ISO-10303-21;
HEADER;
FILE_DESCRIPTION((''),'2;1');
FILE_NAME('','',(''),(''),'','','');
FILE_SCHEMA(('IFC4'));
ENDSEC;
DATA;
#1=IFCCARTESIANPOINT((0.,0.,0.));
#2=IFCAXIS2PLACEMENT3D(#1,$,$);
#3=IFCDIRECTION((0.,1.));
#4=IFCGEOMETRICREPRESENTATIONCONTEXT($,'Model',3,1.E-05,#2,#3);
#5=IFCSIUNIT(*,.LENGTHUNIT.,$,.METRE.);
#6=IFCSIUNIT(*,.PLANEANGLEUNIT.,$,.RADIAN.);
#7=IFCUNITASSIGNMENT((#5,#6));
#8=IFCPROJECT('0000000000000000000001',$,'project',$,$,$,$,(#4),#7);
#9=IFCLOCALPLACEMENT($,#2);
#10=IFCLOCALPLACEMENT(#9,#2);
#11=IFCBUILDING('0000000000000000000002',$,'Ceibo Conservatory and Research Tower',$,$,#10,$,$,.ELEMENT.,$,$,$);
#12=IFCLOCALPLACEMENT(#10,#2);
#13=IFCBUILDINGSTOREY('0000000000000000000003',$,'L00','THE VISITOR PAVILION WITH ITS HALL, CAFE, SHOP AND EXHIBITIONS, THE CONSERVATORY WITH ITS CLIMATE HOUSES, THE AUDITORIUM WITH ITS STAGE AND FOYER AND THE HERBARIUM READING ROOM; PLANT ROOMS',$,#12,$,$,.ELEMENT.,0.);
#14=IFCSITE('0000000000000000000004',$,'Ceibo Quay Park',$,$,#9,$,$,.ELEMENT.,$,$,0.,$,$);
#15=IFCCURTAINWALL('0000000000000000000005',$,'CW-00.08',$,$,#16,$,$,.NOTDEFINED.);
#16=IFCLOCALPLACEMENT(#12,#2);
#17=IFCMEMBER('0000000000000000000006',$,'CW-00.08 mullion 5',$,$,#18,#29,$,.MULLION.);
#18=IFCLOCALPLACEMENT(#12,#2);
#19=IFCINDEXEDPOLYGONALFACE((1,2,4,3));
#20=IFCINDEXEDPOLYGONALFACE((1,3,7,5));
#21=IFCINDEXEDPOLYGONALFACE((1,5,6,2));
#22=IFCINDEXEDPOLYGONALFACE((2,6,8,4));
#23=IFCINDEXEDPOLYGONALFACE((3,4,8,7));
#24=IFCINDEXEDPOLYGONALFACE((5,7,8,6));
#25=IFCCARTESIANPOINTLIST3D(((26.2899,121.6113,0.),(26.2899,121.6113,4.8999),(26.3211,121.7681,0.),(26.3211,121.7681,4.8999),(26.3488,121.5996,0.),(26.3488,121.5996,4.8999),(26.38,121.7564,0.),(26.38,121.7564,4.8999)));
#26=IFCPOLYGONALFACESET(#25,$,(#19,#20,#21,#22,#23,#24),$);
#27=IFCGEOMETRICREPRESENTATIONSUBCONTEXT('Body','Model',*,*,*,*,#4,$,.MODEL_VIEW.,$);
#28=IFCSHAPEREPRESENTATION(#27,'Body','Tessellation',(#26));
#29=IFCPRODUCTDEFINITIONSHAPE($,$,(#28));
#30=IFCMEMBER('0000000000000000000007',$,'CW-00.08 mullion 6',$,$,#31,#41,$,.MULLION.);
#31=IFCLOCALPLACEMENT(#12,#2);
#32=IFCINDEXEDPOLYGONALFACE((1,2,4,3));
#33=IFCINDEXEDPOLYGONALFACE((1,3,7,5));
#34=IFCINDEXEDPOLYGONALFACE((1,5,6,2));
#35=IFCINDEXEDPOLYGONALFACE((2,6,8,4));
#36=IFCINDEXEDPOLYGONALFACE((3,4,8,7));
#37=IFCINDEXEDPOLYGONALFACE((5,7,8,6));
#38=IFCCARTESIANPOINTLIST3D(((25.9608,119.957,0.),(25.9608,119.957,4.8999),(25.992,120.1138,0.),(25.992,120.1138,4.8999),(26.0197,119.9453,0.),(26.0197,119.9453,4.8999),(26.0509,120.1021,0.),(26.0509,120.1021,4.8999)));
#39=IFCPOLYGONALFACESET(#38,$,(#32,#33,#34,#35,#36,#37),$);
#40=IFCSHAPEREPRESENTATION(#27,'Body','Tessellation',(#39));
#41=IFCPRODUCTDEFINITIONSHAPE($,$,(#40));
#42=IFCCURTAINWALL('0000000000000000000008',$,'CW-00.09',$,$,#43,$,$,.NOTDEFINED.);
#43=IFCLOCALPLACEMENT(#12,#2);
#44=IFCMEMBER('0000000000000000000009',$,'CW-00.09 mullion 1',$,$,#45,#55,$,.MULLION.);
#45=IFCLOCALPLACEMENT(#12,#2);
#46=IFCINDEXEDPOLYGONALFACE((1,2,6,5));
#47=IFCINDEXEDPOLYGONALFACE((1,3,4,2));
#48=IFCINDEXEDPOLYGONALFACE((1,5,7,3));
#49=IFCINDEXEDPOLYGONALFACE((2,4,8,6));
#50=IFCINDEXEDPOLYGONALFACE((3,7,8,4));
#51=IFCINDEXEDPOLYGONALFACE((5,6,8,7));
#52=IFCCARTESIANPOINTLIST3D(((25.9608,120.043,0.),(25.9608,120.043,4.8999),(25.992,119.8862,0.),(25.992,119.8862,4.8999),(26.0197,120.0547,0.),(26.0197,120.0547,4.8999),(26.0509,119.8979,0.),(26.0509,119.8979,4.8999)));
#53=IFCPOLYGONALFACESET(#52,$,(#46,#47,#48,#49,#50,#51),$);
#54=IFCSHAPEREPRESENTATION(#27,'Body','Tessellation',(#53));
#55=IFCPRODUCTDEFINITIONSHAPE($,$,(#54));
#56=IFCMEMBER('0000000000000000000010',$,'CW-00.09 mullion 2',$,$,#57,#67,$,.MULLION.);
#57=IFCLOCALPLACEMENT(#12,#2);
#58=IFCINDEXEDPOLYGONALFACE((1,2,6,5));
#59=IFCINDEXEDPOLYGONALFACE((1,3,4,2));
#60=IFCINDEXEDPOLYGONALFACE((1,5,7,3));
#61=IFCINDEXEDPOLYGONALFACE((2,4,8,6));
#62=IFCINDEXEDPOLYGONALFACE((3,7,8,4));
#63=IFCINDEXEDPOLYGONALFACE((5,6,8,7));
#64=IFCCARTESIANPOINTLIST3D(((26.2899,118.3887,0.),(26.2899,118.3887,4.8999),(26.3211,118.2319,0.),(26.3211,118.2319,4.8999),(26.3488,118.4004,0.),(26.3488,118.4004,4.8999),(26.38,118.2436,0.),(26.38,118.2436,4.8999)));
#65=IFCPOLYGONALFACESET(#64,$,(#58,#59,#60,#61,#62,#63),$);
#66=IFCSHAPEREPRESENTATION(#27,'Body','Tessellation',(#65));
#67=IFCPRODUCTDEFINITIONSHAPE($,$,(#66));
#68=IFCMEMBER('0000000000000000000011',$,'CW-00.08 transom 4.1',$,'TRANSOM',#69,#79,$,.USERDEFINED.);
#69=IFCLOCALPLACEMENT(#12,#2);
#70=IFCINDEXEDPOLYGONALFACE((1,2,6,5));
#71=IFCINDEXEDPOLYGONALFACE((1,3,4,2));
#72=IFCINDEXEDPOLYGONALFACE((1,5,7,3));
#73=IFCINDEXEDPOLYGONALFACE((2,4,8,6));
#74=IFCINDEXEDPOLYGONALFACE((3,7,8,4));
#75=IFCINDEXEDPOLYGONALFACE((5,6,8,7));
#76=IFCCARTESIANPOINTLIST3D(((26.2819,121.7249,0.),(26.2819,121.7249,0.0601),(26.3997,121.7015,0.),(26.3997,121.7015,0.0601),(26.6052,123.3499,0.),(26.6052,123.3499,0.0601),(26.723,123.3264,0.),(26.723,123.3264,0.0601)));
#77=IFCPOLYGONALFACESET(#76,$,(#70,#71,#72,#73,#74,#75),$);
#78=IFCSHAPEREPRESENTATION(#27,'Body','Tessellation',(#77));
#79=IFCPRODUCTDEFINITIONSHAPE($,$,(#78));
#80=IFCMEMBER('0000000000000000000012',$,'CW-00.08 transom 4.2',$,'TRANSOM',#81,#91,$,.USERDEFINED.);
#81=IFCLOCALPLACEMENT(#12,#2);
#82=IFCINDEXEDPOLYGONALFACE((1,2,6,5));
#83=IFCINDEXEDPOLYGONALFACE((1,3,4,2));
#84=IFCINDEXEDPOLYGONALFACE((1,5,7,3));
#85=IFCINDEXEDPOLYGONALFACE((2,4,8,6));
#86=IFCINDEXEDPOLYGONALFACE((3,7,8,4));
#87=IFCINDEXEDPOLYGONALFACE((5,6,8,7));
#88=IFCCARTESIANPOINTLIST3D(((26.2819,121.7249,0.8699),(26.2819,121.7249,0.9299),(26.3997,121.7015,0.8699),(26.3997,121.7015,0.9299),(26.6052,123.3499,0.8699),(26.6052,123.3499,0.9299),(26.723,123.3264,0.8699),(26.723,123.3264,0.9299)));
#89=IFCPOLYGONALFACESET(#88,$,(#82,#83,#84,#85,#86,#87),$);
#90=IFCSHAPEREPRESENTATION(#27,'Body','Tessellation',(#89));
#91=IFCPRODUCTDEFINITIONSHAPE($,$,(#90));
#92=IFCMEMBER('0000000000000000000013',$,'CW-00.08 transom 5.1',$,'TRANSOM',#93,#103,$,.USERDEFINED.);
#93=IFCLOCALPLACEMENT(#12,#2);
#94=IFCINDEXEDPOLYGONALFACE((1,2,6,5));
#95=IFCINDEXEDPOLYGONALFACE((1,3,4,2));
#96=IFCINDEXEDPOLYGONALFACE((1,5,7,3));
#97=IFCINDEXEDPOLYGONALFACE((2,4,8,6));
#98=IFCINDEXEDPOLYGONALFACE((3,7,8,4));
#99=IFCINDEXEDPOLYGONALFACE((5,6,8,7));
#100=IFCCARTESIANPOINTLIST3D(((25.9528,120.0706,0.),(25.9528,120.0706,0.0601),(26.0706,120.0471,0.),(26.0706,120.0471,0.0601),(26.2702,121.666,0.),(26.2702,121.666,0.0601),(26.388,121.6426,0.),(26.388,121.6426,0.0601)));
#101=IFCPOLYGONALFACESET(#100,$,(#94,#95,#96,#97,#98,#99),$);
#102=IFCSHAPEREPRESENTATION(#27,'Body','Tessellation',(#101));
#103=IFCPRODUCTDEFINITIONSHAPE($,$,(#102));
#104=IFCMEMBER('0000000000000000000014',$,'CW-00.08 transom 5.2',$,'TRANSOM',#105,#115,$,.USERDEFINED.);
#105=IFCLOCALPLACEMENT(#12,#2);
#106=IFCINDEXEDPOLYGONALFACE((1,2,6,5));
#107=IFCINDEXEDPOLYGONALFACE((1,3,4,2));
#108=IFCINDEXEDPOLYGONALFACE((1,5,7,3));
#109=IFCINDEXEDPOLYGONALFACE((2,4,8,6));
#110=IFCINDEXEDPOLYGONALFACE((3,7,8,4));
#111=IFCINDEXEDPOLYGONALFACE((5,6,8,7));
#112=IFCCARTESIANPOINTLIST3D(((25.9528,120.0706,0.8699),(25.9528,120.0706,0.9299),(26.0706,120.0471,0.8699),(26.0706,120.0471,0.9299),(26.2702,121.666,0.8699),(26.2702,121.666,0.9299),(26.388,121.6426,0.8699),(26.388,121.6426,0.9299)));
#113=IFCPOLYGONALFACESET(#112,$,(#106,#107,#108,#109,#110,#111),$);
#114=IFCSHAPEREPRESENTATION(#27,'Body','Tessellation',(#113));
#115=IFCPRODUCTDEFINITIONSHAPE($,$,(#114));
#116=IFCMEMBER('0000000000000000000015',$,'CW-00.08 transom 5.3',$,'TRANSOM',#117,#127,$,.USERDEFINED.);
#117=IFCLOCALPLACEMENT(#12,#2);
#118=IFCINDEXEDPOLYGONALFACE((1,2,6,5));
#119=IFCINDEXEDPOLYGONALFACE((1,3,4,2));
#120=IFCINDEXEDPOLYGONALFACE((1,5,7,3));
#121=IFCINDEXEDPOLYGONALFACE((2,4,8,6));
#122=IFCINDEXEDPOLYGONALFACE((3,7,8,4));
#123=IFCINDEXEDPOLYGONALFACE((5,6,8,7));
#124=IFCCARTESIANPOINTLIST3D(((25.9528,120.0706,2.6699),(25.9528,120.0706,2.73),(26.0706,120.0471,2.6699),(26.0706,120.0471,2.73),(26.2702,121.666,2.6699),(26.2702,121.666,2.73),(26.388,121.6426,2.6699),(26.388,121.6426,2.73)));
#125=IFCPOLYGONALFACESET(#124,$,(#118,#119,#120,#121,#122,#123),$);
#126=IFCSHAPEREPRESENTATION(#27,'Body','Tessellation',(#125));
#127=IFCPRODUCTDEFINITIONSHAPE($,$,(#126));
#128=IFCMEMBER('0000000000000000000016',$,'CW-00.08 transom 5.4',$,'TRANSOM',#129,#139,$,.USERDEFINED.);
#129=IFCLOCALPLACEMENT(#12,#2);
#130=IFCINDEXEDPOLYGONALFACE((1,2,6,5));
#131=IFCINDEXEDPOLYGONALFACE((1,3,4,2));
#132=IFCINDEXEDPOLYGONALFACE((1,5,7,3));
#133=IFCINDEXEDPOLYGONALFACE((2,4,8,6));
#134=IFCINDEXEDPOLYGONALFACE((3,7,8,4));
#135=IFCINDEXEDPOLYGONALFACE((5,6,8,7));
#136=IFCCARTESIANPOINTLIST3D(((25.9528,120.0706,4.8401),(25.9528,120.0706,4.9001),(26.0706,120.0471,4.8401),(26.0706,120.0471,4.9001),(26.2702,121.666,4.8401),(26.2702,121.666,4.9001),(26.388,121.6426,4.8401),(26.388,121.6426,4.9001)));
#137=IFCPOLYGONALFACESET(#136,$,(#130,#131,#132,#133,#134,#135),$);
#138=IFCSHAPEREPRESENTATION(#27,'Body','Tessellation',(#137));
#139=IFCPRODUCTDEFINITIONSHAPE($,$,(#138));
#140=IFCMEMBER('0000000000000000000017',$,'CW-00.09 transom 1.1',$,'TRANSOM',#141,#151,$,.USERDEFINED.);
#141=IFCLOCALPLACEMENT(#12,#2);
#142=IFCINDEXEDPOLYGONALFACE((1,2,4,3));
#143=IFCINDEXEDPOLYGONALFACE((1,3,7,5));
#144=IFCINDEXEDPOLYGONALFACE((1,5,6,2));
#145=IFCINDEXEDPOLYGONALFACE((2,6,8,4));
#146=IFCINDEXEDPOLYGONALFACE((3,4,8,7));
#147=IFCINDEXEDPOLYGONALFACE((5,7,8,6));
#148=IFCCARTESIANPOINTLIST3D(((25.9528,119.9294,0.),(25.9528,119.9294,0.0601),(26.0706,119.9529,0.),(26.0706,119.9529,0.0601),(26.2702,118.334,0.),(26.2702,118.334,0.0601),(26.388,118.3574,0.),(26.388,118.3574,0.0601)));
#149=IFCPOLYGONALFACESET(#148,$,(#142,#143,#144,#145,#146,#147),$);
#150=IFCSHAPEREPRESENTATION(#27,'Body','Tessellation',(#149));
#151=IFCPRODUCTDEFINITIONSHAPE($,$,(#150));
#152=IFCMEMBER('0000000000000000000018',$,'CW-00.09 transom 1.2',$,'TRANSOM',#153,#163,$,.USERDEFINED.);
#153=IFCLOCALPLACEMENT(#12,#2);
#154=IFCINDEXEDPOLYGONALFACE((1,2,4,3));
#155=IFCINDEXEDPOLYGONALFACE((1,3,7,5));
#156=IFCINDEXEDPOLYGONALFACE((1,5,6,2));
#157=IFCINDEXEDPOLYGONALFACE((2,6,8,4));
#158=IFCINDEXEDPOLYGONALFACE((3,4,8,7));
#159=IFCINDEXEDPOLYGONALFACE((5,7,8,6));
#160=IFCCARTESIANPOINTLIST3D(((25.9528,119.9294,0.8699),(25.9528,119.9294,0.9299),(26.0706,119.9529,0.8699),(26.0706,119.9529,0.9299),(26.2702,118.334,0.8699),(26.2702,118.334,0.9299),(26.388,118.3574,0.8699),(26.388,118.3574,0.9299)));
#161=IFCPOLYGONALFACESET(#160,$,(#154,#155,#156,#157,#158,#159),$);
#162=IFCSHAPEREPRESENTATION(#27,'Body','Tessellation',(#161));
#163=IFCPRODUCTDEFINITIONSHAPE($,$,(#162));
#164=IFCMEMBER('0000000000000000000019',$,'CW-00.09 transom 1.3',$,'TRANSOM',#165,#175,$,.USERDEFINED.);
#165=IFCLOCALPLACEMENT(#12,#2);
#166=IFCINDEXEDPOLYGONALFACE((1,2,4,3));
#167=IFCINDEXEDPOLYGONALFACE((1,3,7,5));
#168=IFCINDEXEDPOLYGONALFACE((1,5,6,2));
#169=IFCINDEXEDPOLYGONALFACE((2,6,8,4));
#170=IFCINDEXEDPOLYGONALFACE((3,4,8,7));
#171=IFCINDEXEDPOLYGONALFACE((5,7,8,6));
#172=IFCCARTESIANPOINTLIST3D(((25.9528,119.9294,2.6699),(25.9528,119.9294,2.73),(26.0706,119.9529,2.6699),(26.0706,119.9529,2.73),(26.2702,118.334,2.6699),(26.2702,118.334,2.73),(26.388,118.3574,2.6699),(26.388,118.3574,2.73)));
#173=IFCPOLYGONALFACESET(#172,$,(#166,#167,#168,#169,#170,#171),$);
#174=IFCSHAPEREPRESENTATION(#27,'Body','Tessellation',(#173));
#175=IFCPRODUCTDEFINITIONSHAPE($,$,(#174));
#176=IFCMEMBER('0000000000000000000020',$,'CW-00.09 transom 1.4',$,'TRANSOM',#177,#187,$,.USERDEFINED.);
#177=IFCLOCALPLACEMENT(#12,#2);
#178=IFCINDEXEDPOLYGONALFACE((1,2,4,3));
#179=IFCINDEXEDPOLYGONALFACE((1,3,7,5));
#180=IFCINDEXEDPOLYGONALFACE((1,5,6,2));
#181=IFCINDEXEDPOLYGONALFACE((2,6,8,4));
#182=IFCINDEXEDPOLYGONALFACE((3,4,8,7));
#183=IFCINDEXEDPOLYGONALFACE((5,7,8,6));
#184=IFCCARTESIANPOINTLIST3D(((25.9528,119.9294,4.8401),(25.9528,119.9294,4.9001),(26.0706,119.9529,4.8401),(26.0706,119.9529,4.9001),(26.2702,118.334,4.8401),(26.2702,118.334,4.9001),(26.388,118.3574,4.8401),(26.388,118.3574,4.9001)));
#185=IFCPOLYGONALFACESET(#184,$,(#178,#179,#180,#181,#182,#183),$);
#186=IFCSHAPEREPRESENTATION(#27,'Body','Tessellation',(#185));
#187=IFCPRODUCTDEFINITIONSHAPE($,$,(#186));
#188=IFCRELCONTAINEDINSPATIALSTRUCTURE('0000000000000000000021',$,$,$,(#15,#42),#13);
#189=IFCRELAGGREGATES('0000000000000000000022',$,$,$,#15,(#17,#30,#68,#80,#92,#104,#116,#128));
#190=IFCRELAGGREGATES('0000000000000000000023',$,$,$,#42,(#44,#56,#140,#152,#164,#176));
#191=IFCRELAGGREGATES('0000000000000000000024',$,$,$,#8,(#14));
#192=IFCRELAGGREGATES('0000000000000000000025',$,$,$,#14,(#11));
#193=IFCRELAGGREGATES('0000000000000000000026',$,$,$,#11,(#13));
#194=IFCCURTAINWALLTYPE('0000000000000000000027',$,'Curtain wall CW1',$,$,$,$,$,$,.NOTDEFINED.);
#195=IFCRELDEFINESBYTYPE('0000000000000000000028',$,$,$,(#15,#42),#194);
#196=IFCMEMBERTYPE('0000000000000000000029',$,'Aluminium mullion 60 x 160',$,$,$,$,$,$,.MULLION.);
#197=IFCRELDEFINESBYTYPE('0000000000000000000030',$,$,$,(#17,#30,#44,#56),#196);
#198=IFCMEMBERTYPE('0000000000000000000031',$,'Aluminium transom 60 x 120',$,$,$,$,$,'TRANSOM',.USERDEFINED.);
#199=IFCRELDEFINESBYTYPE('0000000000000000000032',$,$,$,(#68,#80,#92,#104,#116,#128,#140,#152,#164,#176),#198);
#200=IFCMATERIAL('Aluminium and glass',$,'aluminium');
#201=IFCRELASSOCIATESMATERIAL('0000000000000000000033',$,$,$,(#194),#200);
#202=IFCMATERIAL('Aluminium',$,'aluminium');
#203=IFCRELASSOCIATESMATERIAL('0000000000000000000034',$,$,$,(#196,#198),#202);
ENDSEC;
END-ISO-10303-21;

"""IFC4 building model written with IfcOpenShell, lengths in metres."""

from ifc_helpers import new_model, si_unit, direction, frame, origin, origin_2d, place, context, subcontext, project, spatial, rectangle, extrude, material, material_profile, profile_set, type_object, element, aggregate, save


model = new_model("IFC4")

# Units and contexts
model_context = context("Model", 3, precision=1e-05, world=origin(), true_north=direction((0.0, 1.0)))
body_context = subcontext(model_context, "Body", "Model", "MODEL_VIEW")
ifc_project = project(units=[si_unit("LENGTHUNIT", "METRE"), si_unit("PLANEANGLEUNIT", "RADIAN")], contexts=[model_context])

# Site, building, storey
site_placement = place(None, origin())
site = spatial("IfcSite", under=ifc_project, at=site_placement, Name="Ceibo Quay Park", CompositionType="ELEMENT", RefElevation=0.0)
building_placement = place(site_placement, origin())
building = spatial("IfcBuilding", under=site, at=building_placement, Name="Ceibo Conservatory and Research Tower", CompositionType="ELEMENT")
storey_placement = place(building_placement, origin())
storey = spatial("IfcBuildingStorey", under=building, at=storey_placement, Name="L00", Description="THE VISITOR PAVILION WITH ITS HALL, CAFE, SHOP AND EXHIBITIONS, THE CONSERVATORY WITH ITS CLIMATE HOUSES, THE AUDITORIUM WITH ITS STAGE AND FOYER AND THE HERBARIUM READING ROOM; PLANT ROOMS", CompositionType="ELEMENT", Elevation=0.0)

# Curtain walls, members
ifc_material_1 = material(Name="Aluminium and glass", Category="aluminium")
curtain_wall_type = type_object("IfcCurtainWallType", Name="Curtain wall CW1", PredefinedType="NOTDEFINED", material=ifc_material_1)
curtain_wall_1_placement = place(storey_placement, origin())
curtain_wall_1 = element("IfcCurtainWall", 1, at=curtain_wall_1_placement, inside=storey, type_object=curtain_wall_type, Name="CW-00.08", PredefinedType="NOTDEFINED")
ifc_material_2 = material(Name="Aluminium", Category="aluminium")
ifc_material_profile_1 = material_profile(ifc_material_2, rectangle(XDim=0.0601, YDim=0.1599, at=origin_2d()), Name="Aluminium 60 x 160")
ifc_profile_set_1 = profile_set([ifc_material_profile_1], Name="Aluminium")
member_type_1 = type_object("IfcMemberType", Name="Aluminium mullion 60 x 160", PredefinedType="MULLION", material=ifc_profile_set_1)
member_1_placement = place(storey_placement, frame((26.335, 121.6838, 0.0), z_axis=(0.0, 0.0, 1.0), x_axis=(0.980785, -0.19509, 0.0)))
member_1 = element("IfcMember", 2, at=member_1_placement, type_object=member_type_1, Name="CW-00.08 mullion 5", PredefinedType="MULLION", context=body_context, shape_type="SweptSolid", body=[
    extrude(rectangle(XDim=0.0601, YDim=0.1599, at=origin_2d()), origin(), (0.0, 0.0, 1.0), 4.8999),
])
member_2_placement = place(storey_placement, frame((26.0059, 120.0295, 0.0), z_axis=(0.0, 0.0, 1.0), x_axis=(0.980785, -0.19509, 0.0)))
member_2 = element("IfcMember", 3, at=member_2_placement, type_object=member_type_1, Name="CW-00.08 mullion 6", PredefinedType="MULLION", context=body_context, shape_type="SweptSolid", body=[
    extrude(rectangle(XDim=0.0601, YDim=0.1599, at=origin_2d()), origin(), (0.0, 0.0, 1.0), 4.8999),
])
curtain_wall_2_placement = place(storey_placement, origin())
curtain_wall_2 = element("IfcCurtainWall", 4, at=curtain_wall_2_placement, inside=storey, type_object=curtain_wall_type, Name="CW-00.09", PredefinedType="NOTDEFINED")
member_3_placement = place(storey_placement, frame((26.0059, 119.9705, 0.0), z_axis=(0.0, 0.0, 1.0), x_axis=(0.980785, 0.19509, 0.0)))
member_3 = element("IfcMember", 5, at=member_3_placement, type_object=member_type_1, Name="CW-00.09 mullion 1", PredefinedType="MULLION", context=body_context, shape_type="SweptSolid", body=[
    extrude(rectangle(XDim=0.0601, YDim=0.1599, at=origin_2d()), origin(), (0.0, 0.0, 1.0), 4.8999),
])
member_4_placement = place(storey_placement, frame((26.335, 118.3162, 0.0), z_axis=(0.0, 0.0, 1.0), x_axis=(0.980785, 0.19509, 0.0)))
member_4 = element("IfcMember", 6, at=member_4_placement, type_object=member_type_1, Name="CW-00.09 mullion 2", PredefinedType="MULLION", context=body_context, shape_type="SweptSolid", body=[
    extrude(rectangle(XDim=0.0601, YDim=0.1599, at=origin_2d()), origin(), (0.0, 0.0, 1.0), 4.8999),
])

# Members
ifc_material_profile_2 = material_profile(ifc_material_2, rectangle(XDim=0.1201, YDim=0.0601, at=origin_2d()), Name="Aluminium 60 x 120")
ifc_profile_set_2 = profile_set([ifc_material_profile_2], Name="Aluminium")
member_type_2 = type_object("IfcMemberType", Name="Aluminium transom 60 x 120", ElementType="TRANSOM", PredefinedType="USERDEFINED", material=ifc_profile_set_2)
member_5_placement = place(storey_placement, frame((26.6641, 123.3381, 0.03), z_axis=(-0.195096, -0.980784, 0.0), x_axis=(0.980784, -0.195096, 0.0)))
member_5 = element("IfcMember", 7, at=member_5_placement, type_object=member_type_2, Name="CW-00.08 transom 4.1", ObjectType="TRANSOM", PredefinedType="USERDEFINED", context=body_context, shape_type="SweptSolid", body=[
    extrude(rectangle(XDim=0.1201, YDim=0.0601, at=origin_2d()), origin(), (0.0, 0.0, 1.0), 1.6567),
])
member_6_placement = place(storey_placement, frame((26.6641, 123.3381, 0.8999), z_axis=(-0.195096, -0.980784, 0.0), x_axis=(0.980784, -0.195096, 0.0)))
member_6 = element("IfcMember", 8, at=member_6_placement, type_object=member_type_2, Name="CW-00.08 transom 4.2", ObjectType="TRANSOM", PredefinedType="USERDEFINED", context=body_context, shape_type="SweptSolid", body=[
    extrude(rectangle(XDim=0.1201, YDim=0.0601, at=origin_2d()), origin(), (0.0, 0.0, 1.0), 1.6567),
])
member_7_placement = place(storey_placement, frame((26.3291, 121.6543, 0.03), z_axis=(-0.195106, -0.980782, 0.0), x_axis=(0.980782, -0.195106, 0.0)))
member_7 = element("IfcMember", 9, at=member_7_placement, type_object=member_type_2, Name="CW-00.08 transom 5.1", ObjectType="TRANSOM", PredefinedType="USERDEFINED", context=body_context, shape_type="SweptSolid", body=[
    extrude(rectangle(XDim=0.1201, YDim=0.0601, at=origin_2d()), origin(), (0.0, 0.0, 1.0), 1.6267),
])
member_8_placement = place(storey_placement, frame((26.3291, 121.6543, 0.8999), z_axis=(-0.195106, -0.980782, 0.0), x_axis=(0.980782, -0.195106, 0.0)))
member_8 = element("IfcMember", 10, at=member_8_placement, type_object=member_type_2, Name="CW-00.08 transom 5.2", ObjectType="TRANSOM", PredefinedType="USERDEFINED", context=body_context, shape_type="SweptSolid", body=[
    extrude(rectangle(XDim=0.1201, YDim=0.0601, at=origin_2d()), origin(), (0.0, 0.0, 1.0), 1.6267),
])
member_9_placement = place(storey_placement, frame((26.3291, 121.6543, 2.7), z_axis=(-0.195106, -0.980782, 0.0), x_axis=(0.980782, -0.195106, 0.0)))
member_9 = element("IfcMember", 11, at=member_9_placement, type_object=member_type_2, Name="CW-00.08 transom 5.3", ObjectType="TRANSOM", PredefinedType="USERDEFINED", context=body_context, shape_type="SweptSolid", body=[
    extrude(rectangle(XDim=0.1201, YDim=0.0601, at=origin_2d()), origin(), (0.0, 0.0, 1.0), 1.6267),
])
member_10_placement = place(storey_placement, frame((26.3291, 121.6543, 4.8701), z_axis=(-0.195106, -0.980782, 0.0), x_axis=(0.980782, -0.195106, 0.0)))
member_10 = element("IfcMember", 12, at=member_10_placement, type_object=member_type_2, Name="CW-00.08 transom 5.4", ObjectType="TRANSOM", PredefinedType="USERDEFINED", context=body_context, shape_type="SweptSolid", body=[
    extrude(rectangle(XDim=0.1201, YDim=0.0601, at=origin_2d()), origin(), (0.0, 0.0, 1.0), 1.6267),
])
member_11_placement = place(storey_placement, frame((26.0117, 119.9412, 0.03), z_axis=(0.195106, -0.980782, 0.0), x_axis=(0.980782, 0.195106, 0.0)))
member_11 = element("IfcMember", 13, at=member_11_placement, type_object=member_type_2, Name="CW-00.09 transom 1.1", ObjectType="TRANSOM", PredefinedType="USERDEFINED", context=body_context, shape_type="SweptSolid", body=[
    extrude(rectangle(XDim=0.1201, YDim=0.0601, at=origin_2d()), origin(), (0.0, 0.0, 1.0), 1.6267),
])
member_12_placement = place(storey_placement, frame((26.0117, 119.9412, 0.8999), z_axis=(0.195106, -0.980782, 0.0), x_axis=(0.980782, 0.195106, 0.0)))
member_12 = element("IfcMember", 14, at=member_12_placement, type_object=member_type_2, Name="CW-00.09 transom 1.2", ObjectType="TRANSOM", PredefinedType="USERDEFINED", context=body_context, shape_type="SweptSolid", body=[
    extrude(rectangle(XDim=0.1201, YDim=0.0601, at=origin_2d()), origin(), (0.0, 0.0, 1.0), 1.6267),
])
member_13_placement = place(storey_placement, frame((26.0117, 119.9412, 2.7), z_axis=(0.195106, -0.980782, 0.0), x_axis=(0.980782, 0.195106, 0.0)))
member_13 = element("IfcMember", 15, at=member_13_placement, type_object=member_type_2, Name="CW-00.09 transom 1.3", ObjectType="TRANSOM", PredefinedType="USERDEFINED", context=body_context, shape_type="SweptSolid", body=[
    extrude(rectangle(XDim=0.1201, YDim=0.0601, at=origin_2d()), origin(), (0.0, 0.0, 1.0), 1.6267),
])
member_14_placement = place(storey_placement, frame((26.0117, 119.9412, 4.8701), z_axis=(0.195106, -0.980782, 0.0), x_axis=(0.980782, 0.195106, 0.0)))
member_14 = element("IfcMember", 16, at=member_14_placement, type_object=member_type_2, Name="CW-00.09 transom 1.4", ObjectType="TRANSOM", PredefinedType="USERDEFINED", context=body_context, shape_type="SweptSolid", body=[
    extrude(rectangle(XDim=0.1201, YDim=0.0601, at=origin_2d()), origin(), (0.0, 0.0, 1.0), 1.6267),
])

aggregate(curtain_wall_1, [member_1, member_2, member_5, member_6, member_7, member_8, member_9, member_10])
aggregate(curtain_wall_2, [member_3, member_4, member_11, member_12, member_13, member_14])

save(model, "model.ifc")
